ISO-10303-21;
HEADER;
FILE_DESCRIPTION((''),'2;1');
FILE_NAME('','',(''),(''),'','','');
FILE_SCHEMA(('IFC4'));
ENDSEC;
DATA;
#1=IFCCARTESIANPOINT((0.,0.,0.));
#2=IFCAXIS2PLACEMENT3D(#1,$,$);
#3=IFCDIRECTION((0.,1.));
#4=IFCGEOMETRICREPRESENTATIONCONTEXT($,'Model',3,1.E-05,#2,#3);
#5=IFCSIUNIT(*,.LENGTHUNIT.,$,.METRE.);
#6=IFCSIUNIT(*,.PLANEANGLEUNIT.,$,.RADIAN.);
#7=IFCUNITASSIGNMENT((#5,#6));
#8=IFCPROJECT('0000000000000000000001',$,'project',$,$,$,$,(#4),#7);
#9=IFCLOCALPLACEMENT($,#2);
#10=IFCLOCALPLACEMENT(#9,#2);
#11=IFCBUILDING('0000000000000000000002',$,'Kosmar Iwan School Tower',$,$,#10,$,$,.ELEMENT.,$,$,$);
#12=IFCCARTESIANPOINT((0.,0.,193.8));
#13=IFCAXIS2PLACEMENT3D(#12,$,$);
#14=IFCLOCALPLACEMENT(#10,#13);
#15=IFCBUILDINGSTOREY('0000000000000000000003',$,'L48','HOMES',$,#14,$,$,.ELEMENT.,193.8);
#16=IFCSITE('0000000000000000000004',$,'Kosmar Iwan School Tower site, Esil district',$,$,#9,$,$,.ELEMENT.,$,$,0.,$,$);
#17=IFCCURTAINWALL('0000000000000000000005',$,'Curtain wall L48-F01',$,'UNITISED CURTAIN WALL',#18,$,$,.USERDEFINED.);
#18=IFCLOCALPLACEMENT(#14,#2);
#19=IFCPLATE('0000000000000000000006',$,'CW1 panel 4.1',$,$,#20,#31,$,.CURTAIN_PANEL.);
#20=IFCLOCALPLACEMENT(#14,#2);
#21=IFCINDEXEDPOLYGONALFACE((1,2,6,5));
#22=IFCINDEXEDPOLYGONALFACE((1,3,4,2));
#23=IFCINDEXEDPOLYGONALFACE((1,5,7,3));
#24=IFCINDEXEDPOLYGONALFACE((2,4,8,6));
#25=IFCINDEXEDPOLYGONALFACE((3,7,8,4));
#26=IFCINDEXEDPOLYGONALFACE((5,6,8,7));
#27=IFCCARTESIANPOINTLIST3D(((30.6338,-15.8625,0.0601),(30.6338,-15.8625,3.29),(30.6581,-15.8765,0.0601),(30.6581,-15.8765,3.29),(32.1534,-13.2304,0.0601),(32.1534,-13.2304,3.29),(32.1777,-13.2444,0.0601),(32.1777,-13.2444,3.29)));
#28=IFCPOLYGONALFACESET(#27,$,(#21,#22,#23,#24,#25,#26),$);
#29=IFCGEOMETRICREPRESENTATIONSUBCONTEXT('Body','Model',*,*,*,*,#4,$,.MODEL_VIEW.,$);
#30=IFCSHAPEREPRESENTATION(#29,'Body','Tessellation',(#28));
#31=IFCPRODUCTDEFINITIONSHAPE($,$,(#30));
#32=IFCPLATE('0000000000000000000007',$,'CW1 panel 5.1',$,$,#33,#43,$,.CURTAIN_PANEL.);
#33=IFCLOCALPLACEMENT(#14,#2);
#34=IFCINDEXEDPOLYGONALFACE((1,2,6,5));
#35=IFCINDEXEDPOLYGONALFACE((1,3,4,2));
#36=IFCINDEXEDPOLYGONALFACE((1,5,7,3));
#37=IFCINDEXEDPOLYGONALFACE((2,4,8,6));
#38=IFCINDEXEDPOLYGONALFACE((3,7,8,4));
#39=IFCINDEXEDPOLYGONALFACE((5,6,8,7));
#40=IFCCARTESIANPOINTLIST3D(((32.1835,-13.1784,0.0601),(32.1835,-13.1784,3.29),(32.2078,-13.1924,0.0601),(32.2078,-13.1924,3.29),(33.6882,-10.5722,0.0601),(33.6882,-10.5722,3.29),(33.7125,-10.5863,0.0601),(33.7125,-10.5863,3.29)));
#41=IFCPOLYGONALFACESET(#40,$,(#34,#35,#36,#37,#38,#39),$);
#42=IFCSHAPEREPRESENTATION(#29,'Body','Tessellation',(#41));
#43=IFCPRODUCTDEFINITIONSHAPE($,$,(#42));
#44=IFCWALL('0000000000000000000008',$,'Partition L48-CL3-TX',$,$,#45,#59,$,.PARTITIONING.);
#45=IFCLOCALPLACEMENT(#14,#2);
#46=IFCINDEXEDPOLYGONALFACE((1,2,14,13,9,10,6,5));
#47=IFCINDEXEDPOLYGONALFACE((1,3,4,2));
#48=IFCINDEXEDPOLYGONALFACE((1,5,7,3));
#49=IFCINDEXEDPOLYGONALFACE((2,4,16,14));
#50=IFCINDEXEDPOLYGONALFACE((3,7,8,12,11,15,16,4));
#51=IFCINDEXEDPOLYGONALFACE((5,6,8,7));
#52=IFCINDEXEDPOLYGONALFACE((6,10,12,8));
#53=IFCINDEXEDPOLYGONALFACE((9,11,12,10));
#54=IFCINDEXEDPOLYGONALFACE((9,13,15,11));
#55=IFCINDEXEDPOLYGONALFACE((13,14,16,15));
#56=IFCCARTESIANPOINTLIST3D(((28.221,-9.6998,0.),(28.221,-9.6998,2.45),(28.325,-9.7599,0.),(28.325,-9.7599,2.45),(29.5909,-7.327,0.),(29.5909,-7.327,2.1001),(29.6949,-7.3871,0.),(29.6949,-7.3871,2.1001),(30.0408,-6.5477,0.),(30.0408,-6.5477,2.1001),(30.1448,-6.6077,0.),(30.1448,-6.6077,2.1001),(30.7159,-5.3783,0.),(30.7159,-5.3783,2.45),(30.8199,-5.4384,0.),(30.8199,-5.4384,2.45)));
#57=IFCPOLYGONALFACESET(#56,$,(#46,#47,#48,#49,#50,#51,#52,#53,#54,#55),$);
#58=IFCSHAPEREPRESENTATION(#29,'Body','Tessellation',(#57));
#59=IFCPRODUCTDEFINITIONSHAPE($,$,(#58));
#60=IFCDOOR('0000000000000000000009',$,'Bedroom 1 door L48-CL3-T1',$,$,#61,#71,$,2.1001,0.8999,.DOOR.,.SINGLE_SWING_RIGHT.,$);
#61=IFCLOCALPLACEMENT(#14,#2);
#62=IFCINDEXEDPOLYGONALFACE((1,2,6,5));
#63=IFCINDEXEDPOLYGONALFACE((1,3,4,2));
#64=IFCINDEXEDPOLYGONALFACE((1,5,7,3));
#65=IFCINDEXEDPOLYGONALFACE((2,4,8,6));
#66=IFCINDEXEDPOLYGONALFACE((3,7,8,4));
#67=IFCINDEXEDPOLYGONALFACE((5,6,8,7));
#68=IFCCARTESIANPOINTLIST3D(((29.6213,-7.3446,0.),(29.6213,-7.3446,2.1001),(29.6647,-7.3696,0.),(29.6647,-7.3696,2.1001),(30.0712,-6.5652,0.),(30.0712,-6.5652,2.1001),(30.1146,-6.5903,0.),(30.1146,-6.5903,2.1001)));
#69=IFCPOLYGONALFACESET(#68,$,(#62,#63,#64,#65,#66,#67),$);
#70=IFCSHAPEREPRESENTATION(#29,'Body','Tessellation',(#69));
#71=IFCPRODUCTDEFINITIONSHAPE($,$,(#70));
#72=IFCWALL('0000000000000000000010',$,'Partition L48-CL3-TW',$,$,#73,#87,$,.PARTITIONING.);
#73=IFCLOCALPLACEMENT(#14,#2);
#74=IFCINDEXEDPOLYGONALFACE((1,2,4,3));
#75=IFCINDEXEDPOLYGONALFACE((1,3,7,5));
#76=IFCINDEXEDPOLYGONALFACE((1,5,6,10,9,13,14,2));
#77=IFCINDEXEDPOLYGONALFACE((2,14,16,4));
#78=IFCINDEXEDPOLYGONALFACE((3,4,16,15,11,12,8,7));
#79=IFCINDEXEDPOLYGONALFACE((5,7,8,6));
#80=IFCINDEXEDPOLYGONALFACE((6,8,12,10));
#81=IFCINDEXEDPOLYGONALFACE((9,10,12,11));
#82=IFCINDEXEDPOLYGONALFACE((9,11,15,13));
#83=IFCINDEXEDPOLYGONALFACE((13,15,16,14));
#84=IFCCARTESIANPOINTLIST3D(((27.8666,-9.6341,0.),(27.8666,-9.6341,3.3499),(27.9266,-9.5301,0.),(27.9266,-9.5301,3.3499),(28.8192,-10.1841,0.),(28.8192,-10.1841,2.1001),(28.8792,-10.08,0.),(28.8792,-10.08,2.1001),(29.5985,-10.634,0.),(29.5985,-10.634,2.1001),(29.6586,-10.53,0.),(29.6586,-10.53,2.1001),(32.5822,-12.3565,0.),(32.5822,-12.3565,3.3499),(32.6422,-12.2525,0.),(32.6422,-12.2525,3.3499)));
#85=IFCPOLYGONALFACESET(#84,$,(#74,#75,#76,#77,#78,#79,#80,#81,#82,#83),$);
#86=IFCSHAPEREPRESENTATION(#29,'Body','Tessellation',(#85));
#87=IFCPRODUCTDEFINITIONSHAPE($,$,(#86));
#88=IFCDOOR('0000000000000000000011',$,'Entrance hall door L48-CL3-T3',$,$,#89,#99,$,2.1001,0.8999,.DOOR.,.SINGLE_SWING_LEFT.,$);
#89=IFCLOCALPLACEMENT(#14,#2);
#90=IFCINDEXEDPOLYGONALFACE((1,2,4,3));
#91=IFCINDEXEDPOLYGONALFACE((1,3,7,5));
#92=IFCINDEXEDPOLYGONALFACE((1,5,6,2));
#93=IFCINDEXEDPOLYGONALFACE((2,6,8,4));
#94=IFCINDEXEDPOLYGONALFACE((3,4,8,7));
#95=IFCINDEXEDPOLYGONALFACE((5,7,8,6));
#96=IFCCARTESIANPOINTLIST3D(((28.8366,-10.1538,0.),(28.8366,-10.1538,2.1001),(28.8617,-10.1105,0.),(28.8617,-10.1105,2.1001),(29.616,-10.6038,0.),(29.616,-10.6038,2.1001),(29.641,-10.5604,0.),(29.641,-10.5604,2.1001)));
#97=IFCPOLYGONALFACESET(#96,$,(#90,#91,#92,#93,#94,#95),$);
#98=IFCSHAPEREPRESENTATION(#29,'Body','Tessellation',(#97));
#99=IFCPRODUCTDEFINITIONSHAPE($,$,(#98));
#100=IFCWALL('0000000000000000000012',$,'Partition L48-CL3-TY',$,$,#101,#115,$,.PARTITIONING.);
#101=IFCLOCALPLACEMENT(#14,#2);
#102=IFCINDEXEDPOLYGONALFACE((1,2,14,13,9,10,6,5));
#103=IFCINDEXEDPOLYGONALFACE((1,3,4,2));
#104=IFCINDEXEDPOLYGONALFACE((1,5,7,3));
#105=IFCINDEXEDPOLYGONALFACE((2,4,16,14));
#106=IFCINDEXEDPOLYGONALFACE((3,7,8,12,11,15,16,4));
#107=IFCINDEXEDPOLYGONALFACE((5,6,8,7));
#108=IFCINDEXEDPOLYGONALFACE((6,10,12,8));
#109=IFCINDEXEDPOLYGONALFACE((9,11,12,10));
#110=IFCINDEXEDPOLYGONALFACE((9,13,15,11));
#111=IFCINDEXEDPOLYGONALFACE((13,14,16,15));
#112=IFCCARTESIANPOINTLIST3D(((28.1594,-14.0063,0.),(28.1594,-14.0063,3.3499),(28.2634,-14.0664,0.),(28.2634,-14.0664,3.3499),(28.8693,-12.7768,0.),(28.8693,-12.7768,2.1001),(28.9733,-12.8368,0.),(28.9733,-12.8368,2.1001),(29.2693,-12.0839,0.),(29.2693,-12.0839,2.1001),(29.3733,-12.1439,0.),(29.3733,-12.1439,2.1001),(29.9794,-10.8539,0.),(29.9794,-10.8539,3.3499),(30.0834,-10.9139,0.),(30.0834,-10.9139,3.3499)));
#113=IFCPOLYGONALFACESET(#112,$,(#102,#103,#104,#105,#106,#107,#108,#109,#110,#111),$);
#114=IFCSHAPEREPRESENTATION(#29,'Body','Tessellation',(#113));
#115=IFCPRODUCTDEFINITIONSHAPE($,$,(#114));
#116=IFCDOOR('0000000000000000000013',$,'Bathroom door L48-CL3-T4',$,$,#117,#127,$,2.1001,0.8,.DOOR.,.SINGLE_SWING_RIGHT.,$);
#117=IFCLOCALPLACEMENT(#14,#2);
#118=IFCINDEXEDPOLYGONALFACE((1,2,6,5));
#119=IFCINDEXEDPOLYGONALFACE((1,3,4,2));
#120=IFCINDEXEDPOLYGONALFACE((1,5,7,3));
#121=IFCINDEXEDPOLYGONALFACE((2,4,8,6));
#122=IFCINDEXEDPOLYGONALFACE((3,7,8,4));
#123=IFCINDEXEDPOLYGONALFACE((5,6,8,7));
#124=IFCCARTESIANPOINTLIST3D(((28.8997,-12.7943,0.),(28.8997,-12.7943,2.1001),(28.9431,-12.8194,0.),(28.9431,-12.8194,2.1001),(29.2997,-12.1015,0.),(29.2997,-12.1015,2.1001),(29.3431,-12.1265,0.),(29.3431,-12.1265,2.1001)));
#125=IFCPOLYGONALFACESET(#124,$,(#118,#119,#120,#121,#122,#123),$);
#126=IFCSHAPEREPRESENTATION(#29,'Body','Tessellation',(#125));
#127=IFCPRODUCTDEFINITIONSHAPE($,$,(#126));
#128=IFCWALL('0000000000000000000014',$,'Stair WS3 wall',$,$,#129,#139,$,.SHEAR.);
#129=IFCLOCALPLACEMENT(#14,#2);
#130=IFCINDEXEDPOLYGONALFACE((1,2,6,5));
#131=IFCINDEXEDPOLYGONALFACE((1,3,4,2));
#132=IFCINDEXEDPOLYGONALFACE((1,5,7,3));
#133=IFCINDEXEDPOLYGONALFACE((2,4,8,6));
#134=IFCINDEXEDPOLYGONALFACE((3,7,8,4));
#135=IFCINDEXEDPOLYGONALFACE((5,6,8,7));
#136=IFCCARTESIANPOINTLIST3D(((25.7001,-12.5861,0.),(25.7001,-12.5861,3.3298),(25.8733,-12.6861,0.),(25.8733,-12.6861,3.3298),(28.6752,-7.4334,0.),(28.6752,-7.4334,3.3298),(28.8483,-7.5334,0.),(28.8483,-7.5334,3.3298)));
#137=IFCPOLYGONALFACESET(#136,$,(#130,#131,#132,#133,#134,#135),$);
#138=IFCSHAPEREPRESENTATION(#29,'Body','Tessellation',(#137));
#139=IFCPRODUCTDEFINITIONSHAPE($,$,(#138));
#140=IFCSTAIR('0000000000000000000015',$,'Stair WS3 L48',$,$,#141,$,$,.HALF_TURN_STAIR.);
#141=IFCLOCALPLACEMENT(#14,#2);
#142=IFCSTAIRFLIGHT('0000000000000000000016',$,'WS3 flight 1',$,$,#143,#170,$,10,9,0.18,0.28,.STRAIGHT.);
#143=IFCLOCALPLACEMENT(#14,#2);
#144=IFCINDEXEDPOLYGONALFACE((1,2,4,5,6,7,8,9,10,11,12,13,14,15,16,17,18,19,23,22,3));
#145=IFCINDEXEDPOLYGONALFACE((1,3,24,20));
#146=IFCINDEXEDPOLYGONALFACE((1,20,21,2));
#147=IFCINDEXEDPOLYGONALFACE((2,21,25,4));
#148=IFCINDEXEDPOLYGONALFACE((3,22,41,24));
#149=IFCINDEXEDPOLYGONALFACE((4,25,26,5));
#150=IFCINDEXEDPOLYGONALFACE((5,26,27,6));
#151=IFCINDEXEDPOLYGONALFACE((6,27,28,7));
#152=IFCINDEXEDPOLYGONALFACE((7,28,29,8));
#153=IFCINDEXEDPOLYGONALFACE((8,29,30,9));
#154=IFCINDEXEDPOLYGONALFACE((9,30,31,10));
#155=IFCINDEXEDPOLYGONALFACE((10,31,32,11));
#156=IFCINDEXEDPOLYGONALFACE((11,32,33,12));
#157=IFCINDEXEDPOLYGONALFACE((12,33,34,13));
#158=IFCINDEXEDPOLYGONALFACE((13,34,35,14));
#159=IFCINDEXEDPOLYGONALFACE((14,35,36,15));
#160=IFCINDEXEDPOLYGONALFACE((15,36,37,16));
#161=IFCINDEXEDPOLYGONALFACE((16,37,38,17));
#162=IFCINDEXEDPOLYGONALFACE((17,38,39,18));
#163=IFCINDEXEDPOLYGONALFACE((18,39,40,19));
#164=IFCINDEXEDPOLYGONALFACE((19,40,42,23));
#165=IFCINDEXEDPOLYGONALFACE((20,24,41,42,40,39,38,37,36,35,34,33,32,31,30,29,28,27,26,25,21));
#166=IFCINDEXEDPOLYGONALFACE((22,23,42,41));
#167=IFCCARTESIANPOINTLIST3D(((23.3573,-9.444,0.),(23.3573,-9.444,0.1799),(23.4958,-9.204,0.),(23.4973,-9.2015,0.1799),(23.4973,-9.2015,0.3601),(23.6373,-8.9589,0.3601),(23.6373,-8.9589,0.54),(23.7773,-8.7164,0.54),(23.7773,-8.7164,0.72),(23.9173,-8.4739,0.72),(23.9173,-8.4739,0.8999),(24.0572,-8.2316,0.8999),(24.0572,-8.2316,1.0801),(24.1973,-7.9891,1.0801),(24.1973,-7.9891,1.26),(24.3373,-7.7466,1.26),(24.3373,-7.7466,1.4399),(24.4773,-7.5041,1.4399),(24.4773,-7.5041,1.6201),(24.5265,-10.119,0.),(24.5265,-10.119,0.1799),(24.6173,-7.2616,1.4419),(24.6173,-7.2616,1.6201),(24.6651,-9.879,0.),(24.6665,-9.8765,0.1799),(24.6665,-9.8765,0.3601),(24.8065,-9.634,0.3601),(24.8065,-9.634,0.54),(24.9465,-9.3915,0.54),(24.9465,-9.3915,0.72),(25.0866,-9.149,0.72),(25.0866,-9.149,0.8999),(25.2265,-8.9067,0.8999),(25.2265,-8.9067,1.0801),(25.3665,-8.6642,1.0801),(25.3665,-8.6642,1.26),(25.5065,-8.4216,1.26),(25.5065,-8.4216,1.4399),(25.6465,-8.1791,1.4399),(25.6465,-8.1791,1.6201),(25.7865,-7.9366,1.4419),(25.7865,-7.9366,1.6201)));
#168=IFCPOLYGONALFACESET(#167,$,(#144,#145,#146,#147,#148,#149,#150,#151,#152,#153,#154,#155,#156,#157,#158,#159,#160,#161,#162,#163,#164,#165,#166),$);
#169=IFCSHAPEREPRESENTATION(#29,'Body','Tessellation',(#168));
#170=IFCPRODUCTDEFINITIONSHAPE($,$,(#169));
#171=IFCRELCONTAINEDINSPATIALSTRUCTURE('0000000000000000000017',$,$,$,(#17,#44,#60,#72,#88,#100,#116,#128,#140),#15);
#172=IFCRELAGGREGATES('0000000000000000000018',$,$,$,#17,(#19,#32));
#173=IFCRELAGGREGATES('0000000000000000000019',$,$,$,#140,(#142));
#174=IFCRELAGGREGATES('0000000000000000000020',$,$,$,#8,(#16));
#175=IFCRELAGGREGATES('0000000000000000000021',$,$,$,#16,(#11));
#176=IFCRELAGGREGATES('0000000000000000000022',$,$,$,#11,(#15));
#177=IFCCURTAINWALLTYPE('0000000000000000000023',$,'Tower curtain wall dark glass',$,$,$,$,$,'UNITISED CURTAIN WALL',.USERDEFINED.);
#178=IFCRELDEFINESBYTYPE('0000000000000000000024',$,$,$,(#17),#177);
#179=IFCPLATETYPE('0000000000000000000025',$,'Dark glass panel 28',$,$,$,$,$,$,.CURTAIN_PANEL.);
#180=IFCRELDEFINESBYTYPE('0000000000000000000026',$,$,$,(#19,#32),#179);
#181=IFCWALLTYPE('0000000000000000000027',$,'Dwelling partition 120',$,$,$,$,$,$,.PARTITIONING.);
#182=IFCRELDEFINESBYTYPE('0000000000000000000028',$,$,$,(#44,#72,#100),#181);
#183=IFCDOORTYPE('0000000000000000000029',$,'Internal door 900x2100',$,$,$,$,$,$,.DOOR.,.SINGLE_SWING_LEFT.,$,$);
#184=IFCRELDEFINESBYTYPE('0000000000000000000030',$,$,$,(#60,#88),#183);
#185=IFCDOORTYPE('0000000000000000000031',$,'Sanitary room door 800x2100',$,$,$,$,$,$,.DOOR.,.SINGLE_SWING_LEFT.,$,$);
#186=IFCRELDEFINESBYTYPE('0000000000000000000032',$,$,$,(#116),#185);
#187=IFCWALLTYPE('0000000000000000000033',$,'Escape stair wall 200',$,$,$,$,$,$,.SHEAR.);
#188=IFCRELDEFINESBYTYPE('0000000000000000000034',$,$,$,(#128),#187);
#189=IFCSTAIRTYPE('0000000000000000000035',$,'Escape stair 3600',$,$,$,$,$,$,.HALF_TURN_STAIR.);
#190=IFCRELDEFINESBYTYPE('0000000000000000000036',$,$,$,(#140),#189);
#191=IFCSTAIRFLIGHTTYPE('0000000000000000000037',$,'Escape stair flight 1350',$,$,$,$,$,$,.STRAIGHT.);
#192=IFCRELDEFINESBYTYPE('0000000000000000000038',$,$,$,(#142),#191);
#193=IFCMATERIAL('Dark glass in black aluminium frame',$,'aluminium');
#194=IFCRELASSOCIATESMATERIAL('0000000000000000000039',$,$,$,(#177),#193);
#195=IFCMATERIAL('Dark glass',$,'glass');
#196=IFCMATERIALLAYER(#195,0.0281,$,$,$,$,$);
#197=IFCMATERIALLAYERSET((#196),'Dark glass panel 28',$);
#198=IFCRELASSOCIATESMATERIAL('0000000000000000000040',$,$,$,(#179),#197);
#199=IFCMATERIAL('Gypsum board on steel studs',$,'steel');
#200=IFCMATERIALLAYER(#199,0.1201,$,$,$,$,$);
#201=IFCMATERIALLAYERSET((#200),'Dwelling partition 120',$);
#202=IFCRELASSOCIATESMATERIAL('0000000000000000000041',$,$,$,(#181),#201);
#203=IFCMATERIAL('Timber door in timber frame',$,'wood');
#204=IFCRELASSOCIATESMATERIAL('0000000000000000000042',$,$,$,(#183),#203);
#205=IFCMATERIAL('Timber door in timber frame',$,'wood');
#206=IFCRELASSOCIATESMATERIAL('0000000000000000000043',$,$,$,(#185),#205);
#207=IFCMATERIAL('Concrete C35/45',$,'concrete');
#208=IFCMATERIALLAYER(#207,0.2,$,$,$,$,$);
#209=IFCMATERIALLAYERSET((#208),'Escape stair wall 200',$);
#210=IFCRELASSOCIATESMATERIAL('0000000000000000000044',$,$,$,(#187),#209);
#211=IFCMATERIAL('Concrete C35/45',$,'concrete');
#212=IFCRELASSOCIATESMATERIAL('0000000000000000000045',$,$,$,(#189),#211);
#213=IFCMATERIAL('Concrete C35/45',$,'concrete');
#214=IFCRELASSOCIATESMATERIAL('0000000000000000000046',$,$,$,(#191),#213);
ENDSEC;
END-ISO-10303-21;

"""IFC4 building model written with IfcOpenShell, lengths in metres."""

from ifc_helpers import new_model, si_unit, direction, frame, frame_2d, origin, origin_2d, place, context, subcontext, project, spatial, polyline, rectangle, outline, extrude, material, layer, layer_set, type_object, element, fill, aggregate, save


model = new_model("IFC4")

# Units and contexts
model_context = context("Model", 3, precision=1e-05, world=origin(), true_north=direction((0.0, 1.0)))
body_context = subcontext(model_context, "Body", "Model", "MODEL_VIEW")
ifc_project = project(units=[si_unit("LENGTHUNIT", "METRE"), si_unit("PLANEANGLEUNIT", "RADIAN")], contexts=[model_context])

# Site, building, storey
site_placement = place(None, origin())
site = spatial("IfcSite", under=ifc_project, at=site_placement, Name="Kosmar Iwan School Tower site, Esil district", CompositionType="ELEMENT", RefElevation=0.0)
building_placement = place(site_placement, origin())
building = spatial("IfcBuilding", under=site, at=building_placement, Name="Kosmar Iwan School Tower", CompositionType="ELEMENT")
storey_placement = place(building_placement, frame((0.0, 0.0, 193.8)))
storey = spatial("IfcBuildingStorey", under=building, at=storey_placement, Name="L48", Description="HOMES", CompositionType="ELEMENT", Elevation=193.8)

# Curtain wall
ifc_material_1 = material(Name="Dark glass in black aluminium frame", Category="aluminium")
curtain_wall_type_1 = type_object("IfcCurtainWallType", Name="Tower curtain wall dark glass", ElementType="UNITISED CURTAIN WALL", PredefinedType="USERDEFINED", material=ifc_material_1)
curtain_wall_1_placement = place(storey_placement, origin())
curtain_wall_1 = element("IfcCurtainWall", 1, at=curtain_wall_1_placement, inside=storey, type_object=curtain_wall_type_1, Name="Curtain wall L48-F01", ObjectType="UNITISED CURTAIN WALL", PredefinedType="USERDEFINED")

# Plates
ifc_material_2 = material(Name="Dark glass", Category="glass")
ifc_layer_1 = layer(ifc_material_2, 0.0281)
ifc_layer_set_1 = layer_set([ifc_layer_1], Name="Dark glass panel 28")
plate_type = type_object("IfcPlateType", Name="Dark glass panel 28", PredefinedType="CURTAIN_PANEL", material=ifc_layer_set_1)
plate_1_placement = place(storey_placement, frame((31.4058, -14.5535, 0.0601), z_axis=(0.0, 0.0, 1.0), x_axis=(0.5, 0.866025, 0.0)))
plate_1 = element("IfcPlate", 2, at=plate_1_placement, type_object=plate_type, Name="CW1 panel 4.1", PredefinedType="CURTAIN_PANEL", context=body_context, shape_type="SweptSolid", body=[
    extrude(rectangle(XDim=3.0393, YDim=0.0281, at=origin_2d()), origin(), (0.0, 0.0, 1.0), 3.23),
])
plate_2_placement = place(storey_placement, frame((32.948, -11.8823, 0.0601), z_axis=(0.0, 0.0, 1.0), x_axis=(0.5, 0.866025, 0.0)))
plate_2 = element("IfcPlate", 3, at=plate_2_placement, type_object=plate_type, Name="CW1 panel 5.1", PredefinedType="CURTAIN_PANEL", context=body_context, shape_type="SweptSolid", body=[
    extrude(rectangle(XDim=3.0093, YDim=0.0281, at=origin_2d()), origin(), (0.0, 0.0, 1.0), 3.23),
])
aggregate(curtain_wall_1, [plate_1, plate_2])

# Walls, openings, doors
ifc_material_3 = material(Name="Gypsum board on steel studs", Category="steel")
ifc_layer_2 = layer(ifc_material_3, 0.1201)
ifc_layer_set_2 = layer_set([ifc_layer_2], Name="Dwelling partition 120")
wall_type_1 = type_object("IfcWallType", Name="Dwelling partition 120", PredefinedType="PARTITIONING", material=ifc_layer_set_2)
wall_1_placement = place(storey_placement, frame((28.2729, -9.73, 0.0), z_axis=(0.0, 0.0, 1.0), x_axis=(0.499975, 0.86604, 0.0)))
wall_1 = element("IfcWall", 4, at=wall_1_placement, inside=storey, type_object=wall_type_1, Name="Partition L48-CL3-TX", PredefinedType="PARTITIONING", context=body_context, shape_type="SweptSolid", body=[
    extrude(rectangle(XDim=4.99, YDim=0.1201, at=frame_2d((2.4951, 0.0))), origin(), (0.0, 0.0, 1.0), 2.45),
])
opening_1_placement = place(wall_1_placement, frame((2.74, 0.0, 0.0)))
opening_1 = element("IfcOpeningElement", 5, at=opening_1_placement, cuts=wall_1, PredefinedType="OPENING", context=body_context, shape_type="SweptSolid", body=[
    extrude(rectangle(XDim=0.8999, YDim=2.1001, at=frame_2d((0.45, 1.05))), frame((0.0, 0.072, 0.0), z_axis=(0.0, -1.0, 0.0), x_axis=(1.0, 0.0, 0.0)), (0.0, 0.0, 1.0), 0.144),
])
ifc_material_4 = material(Name="Timber door in timber frame", Category="wood")
door_type_1 = type_object("IfcDoorType", Name="Internal door 900x2100", OperationType="SINGLE_SWING_LEFT", PredefinedType="DOOR", material=ifc_material_4)
door_1_placement = place(opening_1_placement, origin())
door_1 = element("IfcDoor", 6, at=door_1_placement, inside=storey, type_object=door_type_1, Name="Bedroom 1 door L48-CL3-T1", OperationType="SINGLE_SWING_RIGHT", OverallHeight=2.1001, OverallWidth=0.8999, PredefinedType="DOOR", context=body_context, shape_type="SweptSolid", body=[
    extrude(rectangle(XDim=0.8999, YDim=2.1001, at=frame_2d((0.45, 1.05))), frame((0.0, 0.0249, 0.0), z_axis=(0.0, -1.0, 0.0), x_axis=(1.0, 0.0, 0.0)), (0.0, 0.0, 1.0), 0.05),
])
fill(opening_1, door_1)
wall_2_placement = place(storey_placement, frame((27.8965, -9.582, 0.0), z_axis=(0.0, 0.0, 1.0), x_axis=(0.866036, -0.499982, 0.0)))
wall_2 = element("IfcWall", 7, at=wall_2_placement, inside=storey, type_object=wall_type_1, Name="Partition L48-CL3-TW", PredefinedType="PARTITIONING", context=body_context, shape_type="SweptSolid", body=[
    extrude(rectangle(XDim=5.4451, YDim=0.1201, at=frame_2d((2.7227, 0.0))), origin(), (0.0, 0.0, 1.0), 3.3499),
])
opening_2_placement = place(wall_2_placement, frame((1.1001, 0.0, 0.0)))
opening_2 = element("IfcOpeningElement", 8, at=opening_2_placement, cuts=wall_2, PredefinedType="OPENING", context=body_context, shape_type="SweptSolid", body=[
    extrude(rectangle(XDim=0.8999, YDim=2.1001, at=frame_2d((0.45, 1.05))), frame((0.0, 0.072, 0.0), z_axis=(0.0, -1.0, 0.0), x_axis=(1.0, 0.0, 0.0)), (0.0, 0.0, 1.0), 0.144),
])
door_2_placement = place(opening_2_placement, origin())
door_2 = element("IfcDoor", 9, at=door_2_placement, inside=storey, type_object=door_type_1, Name="Entrance hall door L48-CL3-T3", OperationType="SINGLE_SWING_LEFT", OverallHeight=2.1001, OverallWidth=0.8999, PredefinedType="DOOR", context=body_context, shape_type="SweptSolid", body=[
    extrude(rectangle(XDim=0.8999, YDim=2.1001, at=frame_2d((0.45, 1.05))), frame((0.0, 0.0249, 0.0), z_axis=(0.0, -1.0, 0.0), x_axis=(1.0, 0.0, 0.0)), (0.0, 0.0, 1.0), 0.05),
])
fill(opening_2, door_2)
wall_3_placement = place(storey_placement, frame((28.2114, -14.0364, 0.0), z_axis=(0.0, 0.0, 1.0), x_axis=(0.499984, 0.866035, 0.0)))
wall_3 = element("IfcWall", 10, at=wall_3_placement, inside=storey, type_object=wall_type_1, Name="Partition L48-CL3-TY", PredefinedType="PARTITIONING", context=body_context, shape_type="SweptSolid", body=[
    extrude(rectangle(XDim=3.6401, YDim=0.1201, at=frame_2d((1.8201, 0.0))), origin(), (0.0, 0.0, 1.0), 3.3499),
])
opening_3_placement = place(wall_3_placement, frame((1.4199, 0.0, 0.0)))
opening_3 = element("IfcOpeningElement", 11, at=opening_3_placement, cuts=wall_3, PredefinedType="OPENING", context=body_context, shape_type="SweptSolid", body=[
    extrude(rectangle(XDim=0.8, YDim=2.1001, at=frame_2d((0.3999, 1.05))), frame((0.0, 0.072, 0.0), z_axis=(0.0, -1.0, 0.0), x_axis=(1.0, 0.0, 0.0)), (0.0, 0.0, 1.0), 0.144),
])
ifc_material_5 = material(Name="Timber door in timber frame", Category="wood")
door_type_2 = type_object("IfcDoorType", Name="Sanitary room door 800x2100", OperationType="SINGLE_SWING_LEFT", PredefinedType="DOOR", material=ifc_material_5)
door_3_placement = place(opening_3_placement, origin())
door_3 = element("IfcDoor", 12, at=door_3_placement, inside=storey, type_object=door_type_2, Name="Bathroom door L48-CL3-T4", OperationType="SINGLE_SWING_RIGHT", OverallHeight=2.1001, OverallWidth=0.8, PredefinedType="DOOR", context=body_context, shape_type="SweptSolid", body=[
    extrude(rectangle(XDim=0.8, YDim=2.1001, at=frame_2d((0.3999, 1.05))), frame((0.0, 0.0249, 0.0), z_axis=(0.0, -1.0, 0.0), x_axis=(1.0, 0.0, 0.0)), (0.0, 0.0, 1.0), 0.05),
])
fill(opening_3, door_3)

# Wall
ifc_material_6 = material(Name="Concrete C35/45", Category="concrete")
ifc_layer_3 = layer(ifc_material_6, 0.2)
ifc_layer_set_3 = layer_set([ifc_layer_3], Name="Escape stair wall 200")
wall_type_2 = type_object("IfcWallType", Name="Escape stair wall 200", PredefinedType="SHEAR", material=ifc_layer_set_3)
wall_4_placement = place(storey_placement, frame((25.7866, -12.6362, 0.0), z_axis=(0.0, 0.0, 1.0), x_axis=(0.500014, 0.866017, 0.0)))
element("IfcWall", 13, at=wall_4_placement, inside=storey, type_object=wall_type_2, Name="Stair WS3 wall", PredefinedType="SHEAR", context=body_context, shape_type="SweptSolid", body=[
    extrude(rectangle(XDim=5.95, YDim=0.2, at=frame_2d((2.9751, 0.0))), origin(), (0.0, 0.0, 1.0), 3.3298),
])

# Stair, stair flight
ifc_material_7 = material(Name="Concrete C35/45", Category="concrete")
stair_type = type_object("IfcStairType", Name="Escape stair 3600", PredefinedType="HALF_TURN_STAIR", material=ifc_material_7)
stair_placement = place(storey_placement, origin())
stair = element("IfcStair", 14, at=stair_placement, inside=storey, type_object=stair_type, Name="Stair WS3 L48", PredefinedType="HALF_TURN_STAIR")
ifc_material_8 = material(Name="Concrete C35/45", Category="concrete")
stair_flight_type = type_object("IfcStairFlightType", Name="Escape stair flight 1350", PredefinedType="STRAIGHT", material=ifc_material_8)
stair_flight_placement = place(storey_placement, frame((23.9419, -9.7815, 0.0), z_axis=(0.0, 0.0, 1.0), x_axis=(0.5, 0.866025, 0.0)))
stair_flight = element("IfcStairFlight", 15, at=stair_flight_placement, type_object=stair_flight_type, Name="WS3 flight 1", NumberOfRisers=10, NumberOfTreads=9, PredefinedType="STRAIGHT", RiserHeight=0.18, TreadLength=0.28, context=body_context, shape_type="SweptSolid", body=[
    extrude(outline(polyline([(0.0, 0.0), (0.0, 0.1799), (0.28, 0.1799), (0.28, 0.3601), (0.5601, 0.3601), (0.5601, 0.54), (0.8401, 0.54), (0.8401, 0.72), (1.1201, 0.72), (1.1201, 0.8999), (1.3999, 0.8999), (1.3999, 1.0801), (1.6799, 1.0801), (1.6799, 1.26), (1.96, 1.26), (1.96, 1.4399), (2.24, 1.4399), (2.24, 1.6201), (2.52, 1.6201), (2.52, 1.8), (2.52, 1.4419), (0.2771, 0.0), (0.0, 0.0)])), frame((0.0, 0.675, 0.0), z_axis=(0.0, -1.0, 0.0), x_axis=(1.0, 0.0, 0.0)), (0.0, 0.0, 1.0), 1.3501),
])
aggregate(stair, [stair_flight])

save(model, "model.ifc")
